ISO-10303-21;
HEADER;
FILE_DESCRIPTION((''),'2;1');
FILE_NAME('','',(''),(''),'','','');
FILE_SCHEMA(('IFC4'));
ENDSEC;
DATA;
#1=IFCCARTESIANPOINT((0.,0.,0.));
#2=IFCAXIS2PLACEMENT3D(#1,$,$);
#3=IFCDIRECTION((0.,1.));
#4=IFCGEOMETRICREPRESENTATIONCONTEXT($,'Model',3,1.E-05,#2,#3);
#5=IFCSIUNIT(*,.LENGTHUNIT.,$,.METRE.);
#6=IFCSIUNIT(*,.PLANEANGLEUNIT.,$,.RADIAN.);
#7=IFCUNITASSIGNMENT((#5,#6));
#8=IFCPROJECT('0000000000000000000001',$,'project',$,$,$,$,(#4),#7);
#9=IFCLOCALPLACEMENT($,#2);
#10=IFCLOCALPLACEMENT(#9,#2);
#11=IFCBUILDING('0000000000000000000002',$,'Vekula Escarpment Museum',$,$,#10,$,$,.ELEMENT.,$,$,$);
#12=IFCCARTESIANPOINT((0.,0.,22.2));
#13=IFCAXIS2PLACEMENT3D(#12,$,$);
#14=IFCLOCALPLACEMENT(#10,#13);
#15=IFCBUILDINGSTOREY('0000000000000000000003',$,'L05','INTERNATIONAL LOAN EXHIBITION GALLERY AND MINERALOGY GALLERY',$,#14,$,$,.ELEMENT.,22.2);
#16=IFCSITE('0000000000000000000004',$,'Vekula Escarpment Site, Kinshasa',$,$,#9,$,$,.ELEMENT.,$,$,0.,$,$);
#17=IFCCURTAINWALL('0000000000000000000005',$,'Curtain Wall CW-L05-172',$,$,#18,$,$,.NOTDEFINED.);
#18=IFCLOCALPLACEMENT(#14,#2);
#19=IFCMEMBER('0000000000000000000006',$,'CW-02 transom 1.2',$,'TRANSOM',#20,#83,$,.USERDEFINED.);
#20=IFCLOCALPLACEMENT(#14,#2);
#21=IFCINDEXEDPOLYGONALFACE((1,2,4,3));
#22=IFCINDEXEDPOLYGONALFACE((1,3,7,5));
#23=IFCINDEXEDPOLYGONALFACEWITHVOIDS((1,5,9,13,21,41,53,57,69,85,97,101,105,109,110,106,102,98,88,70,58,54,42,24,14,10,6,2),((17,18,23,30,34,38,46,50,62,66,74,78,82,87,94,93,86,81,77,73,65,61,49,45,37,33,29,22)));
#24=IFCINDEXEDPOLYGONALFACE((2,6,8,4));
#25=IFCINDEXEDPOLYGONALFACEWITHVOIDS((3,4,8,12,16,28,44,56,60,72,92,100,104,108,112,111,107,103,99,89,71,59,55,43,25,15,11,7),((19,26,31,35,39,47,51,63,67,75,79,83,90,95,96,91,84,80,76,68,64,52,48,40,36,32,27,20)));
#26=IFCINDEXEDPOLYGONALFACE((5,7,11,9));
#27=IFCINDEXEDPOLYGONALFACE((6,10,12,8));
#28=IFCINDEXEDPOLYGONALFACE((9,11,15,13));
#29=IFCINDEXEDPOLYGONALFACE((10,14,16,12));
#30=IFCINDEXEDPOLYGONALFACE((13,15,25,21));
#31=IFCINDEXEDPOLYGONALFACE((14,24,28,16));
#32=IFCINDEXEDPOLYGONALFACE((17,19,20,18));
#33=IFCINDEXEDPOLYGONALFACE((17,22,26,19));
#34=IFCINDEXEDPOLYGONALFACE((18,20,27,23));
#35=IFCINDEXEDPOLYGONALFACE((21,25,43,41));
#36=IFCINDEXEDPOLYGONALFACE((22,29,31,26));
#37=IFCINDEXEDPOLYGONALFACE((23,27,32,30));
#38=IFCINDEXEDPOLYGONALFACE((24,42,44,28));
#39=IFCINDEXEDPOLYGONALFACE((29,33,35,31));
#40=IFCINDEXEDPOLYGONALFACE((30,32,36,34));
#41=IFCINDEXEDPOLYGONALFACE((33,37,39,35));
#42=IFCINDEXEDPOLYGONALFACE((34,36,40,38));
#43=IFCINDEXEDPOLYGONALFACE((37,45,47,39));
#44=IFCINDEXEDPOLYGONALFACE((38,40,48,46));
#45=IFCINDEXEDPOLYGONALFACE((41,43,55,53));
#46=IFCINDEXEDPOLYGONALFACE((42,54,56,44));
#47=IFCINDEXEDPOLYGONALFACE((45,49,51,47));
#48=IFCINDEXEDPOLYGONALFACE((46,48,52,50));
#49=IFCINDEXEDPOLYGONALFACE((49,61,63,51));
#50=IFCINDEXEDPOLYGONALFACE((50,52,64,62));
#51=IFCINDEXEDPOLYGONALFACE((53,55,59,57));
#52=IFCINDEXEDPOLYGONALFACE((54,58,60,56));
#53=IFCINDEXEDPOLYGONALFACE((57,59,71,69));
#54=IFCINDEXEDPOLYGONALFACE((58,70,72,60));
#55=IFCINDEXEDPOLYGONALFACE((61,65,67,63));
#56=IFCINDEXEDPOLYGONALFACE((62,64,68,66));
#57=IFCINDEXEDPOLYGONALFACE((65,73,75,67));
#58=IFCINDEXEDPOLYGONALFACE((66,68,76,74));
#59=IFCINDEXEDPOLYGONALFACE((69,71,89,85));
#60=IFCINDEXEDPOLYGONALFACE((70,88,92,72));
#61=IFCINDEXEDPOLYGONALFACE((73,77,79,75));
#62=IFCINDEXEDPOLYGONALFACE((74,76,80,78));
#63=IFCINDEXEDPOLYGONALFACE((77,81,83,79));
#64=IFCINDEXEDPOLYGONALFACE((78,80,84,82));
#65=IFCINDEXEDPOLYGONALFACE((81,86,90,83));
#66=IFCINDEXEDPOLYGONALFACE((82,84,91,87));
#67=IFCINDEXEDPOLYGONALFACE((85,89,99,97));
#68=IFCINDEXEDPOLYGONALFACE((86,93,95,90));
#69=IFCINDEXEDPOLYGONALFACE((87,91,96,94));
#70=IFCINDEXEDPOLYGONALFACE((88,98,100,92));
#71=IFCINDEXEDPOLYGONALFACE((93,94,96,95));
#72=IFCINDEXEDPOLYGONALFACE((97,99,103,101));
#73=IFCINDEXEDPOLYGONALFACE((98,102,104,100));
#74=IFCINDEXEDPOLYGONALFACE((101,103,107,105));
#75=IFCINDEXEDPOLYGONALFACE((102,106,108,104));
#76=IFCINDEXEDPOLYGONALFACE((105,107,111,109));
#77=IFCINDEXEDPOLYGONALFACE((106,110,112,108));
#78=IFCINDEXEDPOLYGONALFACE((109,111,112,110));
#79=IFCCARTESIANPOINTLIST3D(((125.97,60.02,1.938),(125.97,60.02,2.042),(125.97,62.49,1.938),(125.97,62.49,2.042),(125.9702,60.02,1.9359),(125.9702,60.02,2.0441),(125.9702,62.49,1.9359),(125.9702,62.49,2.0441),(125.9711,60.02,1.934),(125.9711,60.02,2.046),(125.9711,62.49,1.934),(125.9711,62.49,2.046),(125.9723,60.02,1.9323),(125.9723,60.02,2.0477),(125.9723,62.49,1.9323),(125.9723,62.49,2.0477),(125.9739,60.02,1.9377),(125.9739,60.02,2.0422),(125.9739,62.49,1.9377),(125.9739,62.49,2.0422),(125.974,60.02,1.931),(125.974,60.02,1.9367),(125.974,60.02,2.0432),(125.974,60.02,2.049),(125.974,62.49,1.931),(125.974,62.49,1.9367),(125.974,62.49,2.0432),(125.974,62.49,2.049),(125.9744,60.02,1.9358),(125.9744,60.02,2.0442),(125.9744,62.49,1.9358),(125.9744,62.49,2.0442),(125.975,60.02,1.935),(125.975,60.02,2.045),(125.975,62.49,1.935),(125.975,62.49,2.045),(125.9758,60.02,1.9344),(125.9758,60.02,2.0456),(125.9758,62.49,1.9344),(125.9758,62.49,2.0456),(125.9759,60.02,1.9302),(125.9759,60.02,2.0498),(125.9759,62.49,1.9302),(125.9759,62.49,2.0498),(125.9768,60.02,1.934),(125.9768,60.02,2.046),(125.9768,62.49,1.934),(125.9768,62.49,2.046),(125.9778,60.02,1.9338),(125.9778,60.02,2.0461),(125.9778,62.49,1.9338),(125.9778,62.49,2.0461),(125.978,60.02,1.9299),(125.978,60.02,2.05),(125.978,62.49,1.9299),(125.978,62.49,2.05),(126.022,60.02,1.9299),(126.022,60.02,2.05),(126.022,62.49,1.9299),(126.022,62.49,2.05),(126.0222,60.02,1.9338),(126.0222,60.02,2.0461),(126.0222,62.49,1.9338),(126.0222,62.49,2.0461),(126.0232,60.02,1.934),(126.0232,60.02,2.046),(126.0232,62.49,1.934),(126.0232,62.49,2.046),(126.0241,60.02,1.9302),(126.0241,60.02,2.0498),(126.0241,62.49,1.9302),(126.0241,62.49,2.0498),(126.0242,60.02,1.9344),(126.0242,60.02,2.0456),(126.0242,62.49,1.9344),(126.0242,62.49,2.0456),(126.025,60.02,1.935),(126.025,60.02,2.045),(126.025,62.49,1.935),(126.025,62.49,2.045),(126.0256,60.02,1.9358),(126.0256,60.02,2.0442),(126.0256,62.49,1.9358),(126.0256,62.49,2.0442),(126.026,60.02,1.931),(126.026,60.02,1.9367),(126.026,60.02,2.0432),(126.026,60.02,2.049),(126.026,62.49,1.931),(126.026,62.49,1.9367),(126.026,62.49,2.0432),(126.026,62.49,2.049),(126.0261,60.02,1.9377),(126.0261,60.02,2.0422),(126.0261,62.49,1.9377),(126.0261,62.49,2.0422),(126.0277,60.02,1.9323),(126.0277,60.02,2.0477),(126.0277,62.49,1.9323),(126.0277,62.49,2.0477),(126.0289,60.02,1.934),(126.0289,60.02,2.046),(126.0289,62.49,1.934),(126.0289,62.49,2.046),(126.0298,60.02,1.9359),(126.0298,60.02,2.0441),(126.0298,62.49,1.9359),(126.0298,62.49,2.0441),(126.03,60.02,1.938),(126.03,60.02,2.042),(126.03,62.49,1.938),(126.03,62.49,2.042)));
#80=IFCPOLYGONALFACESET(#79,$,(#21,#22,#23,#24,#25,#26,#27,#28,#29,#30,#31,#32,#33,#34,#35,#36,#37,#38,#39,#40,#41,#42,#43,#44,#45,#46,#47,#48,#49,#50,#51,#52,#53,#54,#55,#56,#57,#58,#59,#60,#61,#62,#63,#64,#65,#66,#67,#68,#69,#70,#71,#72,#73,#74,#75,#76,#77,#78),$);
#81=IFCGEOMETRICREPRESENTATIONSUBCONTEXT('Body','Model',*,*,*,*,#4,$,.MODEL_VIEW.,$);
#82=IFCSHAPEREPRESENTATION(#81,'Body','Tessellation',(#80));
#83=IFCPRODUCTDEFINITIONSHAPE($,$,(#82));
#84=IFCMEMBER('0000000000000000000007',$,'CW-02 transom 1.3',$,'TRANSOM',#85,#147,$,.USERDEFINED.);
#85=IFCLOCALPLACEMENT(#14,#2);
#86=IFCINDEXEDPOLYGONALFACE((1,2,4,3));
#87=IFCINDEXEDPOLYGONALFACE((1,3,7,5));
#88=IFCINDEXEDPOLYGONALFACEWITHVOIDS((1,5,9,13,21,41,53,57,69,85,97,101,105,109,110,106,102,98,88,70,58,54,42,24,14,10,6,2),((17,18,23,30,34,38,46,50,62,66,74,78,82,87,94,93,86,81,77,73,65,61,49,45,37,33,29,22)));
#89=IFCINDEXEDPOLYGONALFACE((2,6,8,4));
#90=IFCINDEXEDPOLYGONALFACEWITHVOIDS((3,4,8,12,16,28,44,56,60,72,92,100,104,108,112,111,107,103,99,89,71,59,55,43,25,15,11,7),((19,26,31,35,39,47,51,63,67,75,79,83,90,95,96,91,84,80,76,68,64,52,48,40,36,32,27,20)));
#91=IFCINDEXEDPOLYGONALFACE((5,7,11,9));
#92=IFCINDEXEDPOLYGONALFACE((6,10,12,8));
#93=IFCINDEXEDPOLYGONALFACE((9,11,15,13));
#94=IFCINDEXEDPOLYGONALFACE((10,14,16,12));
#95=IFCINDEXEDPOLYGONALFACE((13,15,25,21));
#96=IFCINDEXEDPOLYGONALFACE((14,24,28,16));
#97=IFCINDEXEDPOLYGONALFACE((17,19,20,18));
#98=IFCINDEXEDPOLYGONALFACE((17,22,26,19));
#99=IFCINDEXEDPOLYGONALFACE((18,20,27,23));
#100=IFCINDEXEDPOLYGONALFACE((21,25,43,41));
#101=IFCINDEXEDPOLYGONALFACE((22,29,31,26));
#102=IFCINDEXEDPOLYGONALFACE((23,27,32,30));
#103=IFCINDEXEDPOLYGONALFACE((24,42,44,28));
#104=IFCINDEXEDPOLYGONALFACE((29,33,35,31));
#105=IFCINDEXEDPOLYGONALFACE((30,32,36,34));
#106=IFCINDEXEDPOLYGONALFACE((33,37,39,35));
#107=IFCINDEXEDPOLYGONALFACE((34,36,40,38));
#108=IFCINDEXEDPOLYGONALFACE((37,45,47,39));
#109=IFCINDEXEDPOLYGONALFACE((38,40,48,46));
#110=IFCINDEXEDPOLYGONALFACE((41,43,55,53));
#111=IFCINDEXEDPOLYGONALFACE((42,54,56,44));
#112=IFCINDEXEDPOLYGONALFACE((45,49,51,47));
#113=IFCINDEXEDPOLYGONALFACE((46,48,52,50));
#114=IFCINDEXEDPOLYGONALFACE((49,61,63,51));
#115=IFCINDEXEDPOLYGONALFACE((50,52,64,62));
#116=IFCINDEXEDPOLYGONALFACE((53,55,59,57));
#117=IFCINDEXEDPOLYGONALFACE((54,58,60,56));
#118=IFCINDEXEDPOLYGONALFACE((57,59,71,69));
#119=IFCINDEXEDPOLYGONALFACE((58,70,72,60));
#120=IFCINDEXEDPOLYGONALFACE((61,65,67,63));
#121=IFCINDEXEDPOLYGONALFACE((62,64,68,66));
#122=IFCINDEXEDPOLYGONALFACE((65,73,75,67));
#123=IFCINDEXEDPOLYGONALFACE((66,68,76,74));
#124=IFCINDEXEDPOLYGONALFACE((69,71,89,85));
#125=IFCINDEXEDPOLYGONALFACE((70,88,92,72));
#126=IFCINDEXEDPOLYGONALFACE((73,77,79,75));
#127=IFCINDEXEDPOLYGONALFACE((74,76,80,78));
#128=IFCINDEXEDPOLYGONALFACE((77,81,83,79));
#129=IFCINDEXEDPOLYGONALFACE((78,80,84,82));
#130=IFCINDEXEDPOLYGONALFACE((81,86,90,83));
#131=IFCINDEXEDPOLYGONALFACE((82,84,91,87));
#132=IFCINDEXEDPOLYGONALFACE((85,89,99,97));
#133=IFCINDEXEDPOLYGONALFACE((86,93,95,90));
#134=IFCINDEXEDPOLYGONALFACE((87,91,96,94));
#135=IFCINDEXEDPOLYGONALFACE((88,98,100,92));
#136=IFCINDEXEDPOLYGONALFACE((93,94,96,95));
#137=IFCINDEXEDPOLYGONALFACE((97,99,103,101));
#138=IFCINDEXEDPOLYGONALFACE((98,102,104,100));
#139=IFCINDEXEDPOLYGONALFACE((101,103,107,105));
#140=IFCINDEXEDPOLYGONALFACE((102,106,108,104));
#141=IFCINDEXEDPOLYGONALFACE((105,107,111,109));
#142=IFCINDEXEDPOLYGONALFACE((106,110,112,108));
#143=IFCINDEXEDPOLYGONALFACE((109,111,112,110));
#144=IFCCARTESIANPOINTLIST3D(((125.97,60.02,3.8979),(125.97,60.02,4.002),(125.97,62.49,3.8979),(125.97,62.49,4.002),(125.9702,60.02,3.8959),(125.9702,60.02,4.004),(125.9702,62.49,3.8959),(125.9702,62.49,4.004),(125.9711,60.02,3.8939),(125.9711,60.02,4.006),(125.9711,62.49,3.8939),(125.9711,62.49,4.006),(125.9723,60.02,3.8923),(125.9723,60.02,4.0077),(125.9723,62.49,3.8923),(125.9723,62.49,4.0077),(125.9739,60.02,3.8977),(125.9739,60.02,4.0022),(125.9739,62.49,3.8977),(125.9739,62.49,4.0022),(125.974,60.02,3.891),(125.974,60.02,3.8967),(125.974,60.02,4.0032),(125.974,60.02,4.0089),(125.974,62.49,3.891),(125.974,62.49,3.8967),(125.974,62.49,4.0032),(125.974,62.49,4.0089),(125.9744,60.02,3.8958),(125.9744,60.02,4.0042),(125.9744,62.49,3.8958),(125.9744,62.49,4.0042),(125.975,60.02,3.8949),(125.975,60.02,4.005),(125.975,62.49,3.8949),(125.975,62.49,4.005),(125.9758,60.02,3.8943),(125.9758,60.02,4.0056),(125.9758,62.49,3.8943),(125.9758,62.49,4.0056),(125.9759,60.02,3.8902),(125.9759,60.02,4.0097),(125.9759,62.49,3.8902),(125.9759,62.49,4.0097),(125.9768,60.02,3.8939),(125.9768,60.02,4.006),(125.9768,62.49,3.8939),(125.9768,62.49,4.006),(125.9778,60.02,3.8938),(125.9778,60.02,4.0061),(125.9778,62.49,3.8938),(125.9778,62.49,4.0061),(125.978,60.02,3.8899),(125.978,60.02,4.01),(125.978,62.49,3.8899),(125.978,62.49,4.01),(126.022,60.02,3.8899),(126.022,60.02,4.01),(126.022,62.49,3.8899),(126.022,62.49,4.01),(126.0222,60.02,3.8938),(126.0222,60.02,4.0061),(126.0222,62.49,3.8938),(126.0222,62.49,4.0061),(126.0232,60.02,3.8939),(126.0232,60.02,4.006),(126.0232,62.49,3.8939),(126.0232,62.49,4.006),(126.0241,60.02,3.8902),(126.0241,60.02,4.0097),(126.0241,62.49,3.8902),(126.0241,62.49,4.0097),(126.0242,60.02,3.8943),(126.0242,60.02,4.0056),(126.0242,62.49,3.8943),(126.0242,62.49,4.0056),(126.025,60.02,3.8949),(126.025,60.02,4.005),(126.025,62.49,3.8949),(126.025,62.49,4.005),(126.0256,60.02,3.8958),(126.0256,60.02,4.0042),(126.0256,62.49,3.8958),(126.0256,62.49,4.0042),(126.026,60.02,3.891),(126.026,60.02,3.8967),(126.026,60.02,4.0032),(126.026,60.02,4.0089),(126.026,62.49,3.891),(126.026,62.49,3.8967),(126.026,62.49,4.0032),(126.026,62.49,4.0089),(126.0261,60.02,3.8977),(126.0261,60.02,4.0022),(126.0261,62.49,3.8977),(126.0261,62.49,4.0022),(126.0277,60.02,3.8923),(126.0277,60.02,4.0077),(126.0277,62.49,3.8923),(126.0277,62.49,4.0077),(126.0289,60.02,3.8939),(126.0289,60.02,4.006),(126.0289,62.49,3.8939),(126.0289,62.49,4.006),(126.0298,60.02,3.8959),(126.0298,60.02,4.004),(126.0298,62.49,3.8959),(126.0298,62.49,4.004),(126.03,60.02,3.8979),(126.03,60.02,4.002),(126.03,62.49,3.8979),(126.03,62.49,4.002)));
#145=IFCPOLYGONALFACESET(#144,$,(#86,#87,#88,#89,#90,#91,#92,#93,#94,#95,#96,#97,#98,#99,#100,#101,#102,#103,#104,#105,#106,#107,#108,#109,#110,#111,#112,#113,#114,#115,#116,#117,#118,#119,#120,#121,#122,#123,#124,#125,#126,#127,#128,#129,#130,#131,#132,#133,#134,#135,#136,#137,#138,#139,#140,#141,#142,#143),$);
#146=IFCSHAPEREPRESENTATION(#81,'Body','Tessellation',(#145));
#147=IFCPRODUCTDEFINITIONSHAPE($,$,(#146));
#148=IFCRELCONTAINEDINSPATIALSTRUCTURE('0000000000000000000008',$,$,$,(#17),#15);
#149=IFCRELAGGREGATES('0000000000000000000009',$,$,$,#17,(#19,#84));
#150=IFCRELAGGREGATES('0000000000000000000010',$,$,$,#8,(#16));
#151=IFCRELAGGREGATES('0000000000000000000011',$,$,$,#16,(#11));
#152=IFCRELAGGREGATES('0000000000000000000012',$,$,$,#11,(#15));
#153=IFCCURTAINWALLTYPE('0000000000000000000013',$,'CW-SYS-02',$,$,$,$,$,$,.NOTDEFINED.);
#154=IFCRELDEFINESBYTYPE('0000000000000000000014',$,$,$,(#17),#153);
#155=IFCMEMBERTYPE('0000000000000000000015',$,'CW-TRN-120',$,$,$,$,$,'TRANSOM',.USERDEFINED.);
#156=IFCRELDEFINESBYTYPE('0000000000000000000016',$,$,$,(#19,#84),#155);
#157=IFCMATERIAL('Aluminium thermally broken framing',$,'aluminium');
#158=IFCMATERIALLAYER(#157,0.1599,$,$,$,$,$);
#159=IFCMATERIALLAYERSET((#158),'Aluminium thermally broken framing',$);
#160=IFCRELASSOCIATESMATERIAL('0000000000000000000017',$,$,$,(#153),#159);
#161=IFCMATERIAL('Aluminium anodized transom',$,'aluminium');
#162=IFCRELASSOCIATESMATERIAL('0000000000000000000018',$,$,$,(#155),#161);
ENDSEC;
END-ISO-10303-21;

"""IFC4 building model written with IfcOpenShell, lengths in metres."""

from ifc_helpers import new_model, si_unit, direction, frame, origin, origin_2d, place, context, subcontext, project, spatial, hollow_rectangle, extrude, material, layer, layer_set, material_profile, profile_set, type_object, element, aggregate, save


model = new_model("IFC4")

# Units and contexts
model_context = context("Model", 3, precision=1e-05, world=origin(), true_north=direction((0.0, 1.0)))
body_context = subcontext(model_context, "Body", "Model", "MODEL_VIEW")
ifc_project = project(units=[si_unit("LENGTHUNIT", "METRE"), si_unit("PLANEANGLEUNIT", "RADIAN")], contexts=[model_context])

# Site, building, storey
site_placement = place(None, origin())
site = spatial("IfcSite", under=ifc_project, at=site_placement, Name="Vekula Escarpment Site, Kinshasa", CompositionType="ELEMENT", RefElevation=0.0)
building_placement = place(site_placement, origin())
building = spatial("IfcBuilding", under=site, at=building_placement, Name="Vekula Escarpment Museum", CompositionType="ELEMENT")
storey_placement = place(building_placement, frame((0.0, 0.0, 22.2)))
storey = spatial("IfcBuildingStorey", under=building, at=storey_placement, Name="L05", Description="INTERNATIONAL LOAN EXHIBITION GALLERY AND MINERALOGY GALLERY", CompositionType="ELEMENT", Elevation=22.2)

# Curtain wall, members
ifc_material_1 = material(Name="Aluminium thermally broken framing", Category="aluminium")
ifc_layer_1 = layer(ifc_material_1, 0.1599)
ifc_layer_set_1 = layer_set([ifc_layer_1], Name="Aluminium thermally broken framing")
curtain_wall_type = type_object("IfcCurtainWallType", Name="CW-SYS-02", PredefinedType="NOTDEFINED", material=ifc_layer_set_1)
curtain_wall_placement = place(storey_placement, origin())
curtain_wall = element("IfcCurtainWall", 1, at=curtain_wall_placement, inside=storey, type_object=curtain_wall_type, Name="Curtain Wall CW-L05-172", PredefinedType="NOTDEFINED")
ifc_material_2 = material(Name="Aluminium anodized transom", Category="aluminium")
ifc_material_profile_1 = material_profile(ifc_material_2, hollow_rectangle(XDim=0.0601, YDim=0.1201, WallThickness=0.0039, InnerFilletRadius=0.0039, OuterFilletRadius=0.0081, at=origin_2d()), Name="ALU 120x60x4")
ifc_profile_set_1 = profile_set([ifc_material_profile_1], Name="Aluminium anodized transom")
member_type_1 = type_object("IfcMemberType", Name="CW-TRN-120", ElementType="TRANSOM", PredefinedType="USERDEFINED", material=ifc_profile_set_1)
member_1_placement = place(storey_placement, frame((126.0, 60.02, 1.99), z_axis=(0.0, 1.0, 0.0), x_axis=(-1.0, 0.0, 0.0)))
member_1 = element("IfcMember", 2, at=member_1_placement, type_object=member_type_1, Name="CW-02 transom 1.2", ObjectType="TRANSOM", PredefinedType="USERDEFINED", context=body_context, shape_type="SweptSolid", body=[
    extrude(hollow_rectangle(XDim=0.0601, YDim=0.1201, WallThickness=0.0039, InnerFilletRadius=0.0039, OuterFilletRadius=0.0081, at=origin_2d()), origin(), (0.0, 0.0, 1.0), 2.47),
])
member_2_placement = place(storey_placement, frame((126.0, 60.02, 3.95), z_axis=(0.0, 1.0, 0.0), x_axis=(-1.0, 0.0, 0.0)))
member_2 = element("IfcMember", 3, at=member_2_placement, type_object=member_type_1, Name="CW-02 transom 1.3", ObjectType="TRANSOM", PredefinedType="USERDEFINED", context=body_context, shape_type="SweptSolid", body=[
    extrude(hollow_rectangle(XDim=0.0601, YDim=0.1201, WallThickness=0.0039, InnerFilletRadius=0.0039, OuterFilletRadius=0.0081, at=origin_2d()), origin(), (0.0, 0.0, 1.0), 2.47),
])

aggregate(curtain_wall, [member_1, member_2])

save(model, "model.ifc")
